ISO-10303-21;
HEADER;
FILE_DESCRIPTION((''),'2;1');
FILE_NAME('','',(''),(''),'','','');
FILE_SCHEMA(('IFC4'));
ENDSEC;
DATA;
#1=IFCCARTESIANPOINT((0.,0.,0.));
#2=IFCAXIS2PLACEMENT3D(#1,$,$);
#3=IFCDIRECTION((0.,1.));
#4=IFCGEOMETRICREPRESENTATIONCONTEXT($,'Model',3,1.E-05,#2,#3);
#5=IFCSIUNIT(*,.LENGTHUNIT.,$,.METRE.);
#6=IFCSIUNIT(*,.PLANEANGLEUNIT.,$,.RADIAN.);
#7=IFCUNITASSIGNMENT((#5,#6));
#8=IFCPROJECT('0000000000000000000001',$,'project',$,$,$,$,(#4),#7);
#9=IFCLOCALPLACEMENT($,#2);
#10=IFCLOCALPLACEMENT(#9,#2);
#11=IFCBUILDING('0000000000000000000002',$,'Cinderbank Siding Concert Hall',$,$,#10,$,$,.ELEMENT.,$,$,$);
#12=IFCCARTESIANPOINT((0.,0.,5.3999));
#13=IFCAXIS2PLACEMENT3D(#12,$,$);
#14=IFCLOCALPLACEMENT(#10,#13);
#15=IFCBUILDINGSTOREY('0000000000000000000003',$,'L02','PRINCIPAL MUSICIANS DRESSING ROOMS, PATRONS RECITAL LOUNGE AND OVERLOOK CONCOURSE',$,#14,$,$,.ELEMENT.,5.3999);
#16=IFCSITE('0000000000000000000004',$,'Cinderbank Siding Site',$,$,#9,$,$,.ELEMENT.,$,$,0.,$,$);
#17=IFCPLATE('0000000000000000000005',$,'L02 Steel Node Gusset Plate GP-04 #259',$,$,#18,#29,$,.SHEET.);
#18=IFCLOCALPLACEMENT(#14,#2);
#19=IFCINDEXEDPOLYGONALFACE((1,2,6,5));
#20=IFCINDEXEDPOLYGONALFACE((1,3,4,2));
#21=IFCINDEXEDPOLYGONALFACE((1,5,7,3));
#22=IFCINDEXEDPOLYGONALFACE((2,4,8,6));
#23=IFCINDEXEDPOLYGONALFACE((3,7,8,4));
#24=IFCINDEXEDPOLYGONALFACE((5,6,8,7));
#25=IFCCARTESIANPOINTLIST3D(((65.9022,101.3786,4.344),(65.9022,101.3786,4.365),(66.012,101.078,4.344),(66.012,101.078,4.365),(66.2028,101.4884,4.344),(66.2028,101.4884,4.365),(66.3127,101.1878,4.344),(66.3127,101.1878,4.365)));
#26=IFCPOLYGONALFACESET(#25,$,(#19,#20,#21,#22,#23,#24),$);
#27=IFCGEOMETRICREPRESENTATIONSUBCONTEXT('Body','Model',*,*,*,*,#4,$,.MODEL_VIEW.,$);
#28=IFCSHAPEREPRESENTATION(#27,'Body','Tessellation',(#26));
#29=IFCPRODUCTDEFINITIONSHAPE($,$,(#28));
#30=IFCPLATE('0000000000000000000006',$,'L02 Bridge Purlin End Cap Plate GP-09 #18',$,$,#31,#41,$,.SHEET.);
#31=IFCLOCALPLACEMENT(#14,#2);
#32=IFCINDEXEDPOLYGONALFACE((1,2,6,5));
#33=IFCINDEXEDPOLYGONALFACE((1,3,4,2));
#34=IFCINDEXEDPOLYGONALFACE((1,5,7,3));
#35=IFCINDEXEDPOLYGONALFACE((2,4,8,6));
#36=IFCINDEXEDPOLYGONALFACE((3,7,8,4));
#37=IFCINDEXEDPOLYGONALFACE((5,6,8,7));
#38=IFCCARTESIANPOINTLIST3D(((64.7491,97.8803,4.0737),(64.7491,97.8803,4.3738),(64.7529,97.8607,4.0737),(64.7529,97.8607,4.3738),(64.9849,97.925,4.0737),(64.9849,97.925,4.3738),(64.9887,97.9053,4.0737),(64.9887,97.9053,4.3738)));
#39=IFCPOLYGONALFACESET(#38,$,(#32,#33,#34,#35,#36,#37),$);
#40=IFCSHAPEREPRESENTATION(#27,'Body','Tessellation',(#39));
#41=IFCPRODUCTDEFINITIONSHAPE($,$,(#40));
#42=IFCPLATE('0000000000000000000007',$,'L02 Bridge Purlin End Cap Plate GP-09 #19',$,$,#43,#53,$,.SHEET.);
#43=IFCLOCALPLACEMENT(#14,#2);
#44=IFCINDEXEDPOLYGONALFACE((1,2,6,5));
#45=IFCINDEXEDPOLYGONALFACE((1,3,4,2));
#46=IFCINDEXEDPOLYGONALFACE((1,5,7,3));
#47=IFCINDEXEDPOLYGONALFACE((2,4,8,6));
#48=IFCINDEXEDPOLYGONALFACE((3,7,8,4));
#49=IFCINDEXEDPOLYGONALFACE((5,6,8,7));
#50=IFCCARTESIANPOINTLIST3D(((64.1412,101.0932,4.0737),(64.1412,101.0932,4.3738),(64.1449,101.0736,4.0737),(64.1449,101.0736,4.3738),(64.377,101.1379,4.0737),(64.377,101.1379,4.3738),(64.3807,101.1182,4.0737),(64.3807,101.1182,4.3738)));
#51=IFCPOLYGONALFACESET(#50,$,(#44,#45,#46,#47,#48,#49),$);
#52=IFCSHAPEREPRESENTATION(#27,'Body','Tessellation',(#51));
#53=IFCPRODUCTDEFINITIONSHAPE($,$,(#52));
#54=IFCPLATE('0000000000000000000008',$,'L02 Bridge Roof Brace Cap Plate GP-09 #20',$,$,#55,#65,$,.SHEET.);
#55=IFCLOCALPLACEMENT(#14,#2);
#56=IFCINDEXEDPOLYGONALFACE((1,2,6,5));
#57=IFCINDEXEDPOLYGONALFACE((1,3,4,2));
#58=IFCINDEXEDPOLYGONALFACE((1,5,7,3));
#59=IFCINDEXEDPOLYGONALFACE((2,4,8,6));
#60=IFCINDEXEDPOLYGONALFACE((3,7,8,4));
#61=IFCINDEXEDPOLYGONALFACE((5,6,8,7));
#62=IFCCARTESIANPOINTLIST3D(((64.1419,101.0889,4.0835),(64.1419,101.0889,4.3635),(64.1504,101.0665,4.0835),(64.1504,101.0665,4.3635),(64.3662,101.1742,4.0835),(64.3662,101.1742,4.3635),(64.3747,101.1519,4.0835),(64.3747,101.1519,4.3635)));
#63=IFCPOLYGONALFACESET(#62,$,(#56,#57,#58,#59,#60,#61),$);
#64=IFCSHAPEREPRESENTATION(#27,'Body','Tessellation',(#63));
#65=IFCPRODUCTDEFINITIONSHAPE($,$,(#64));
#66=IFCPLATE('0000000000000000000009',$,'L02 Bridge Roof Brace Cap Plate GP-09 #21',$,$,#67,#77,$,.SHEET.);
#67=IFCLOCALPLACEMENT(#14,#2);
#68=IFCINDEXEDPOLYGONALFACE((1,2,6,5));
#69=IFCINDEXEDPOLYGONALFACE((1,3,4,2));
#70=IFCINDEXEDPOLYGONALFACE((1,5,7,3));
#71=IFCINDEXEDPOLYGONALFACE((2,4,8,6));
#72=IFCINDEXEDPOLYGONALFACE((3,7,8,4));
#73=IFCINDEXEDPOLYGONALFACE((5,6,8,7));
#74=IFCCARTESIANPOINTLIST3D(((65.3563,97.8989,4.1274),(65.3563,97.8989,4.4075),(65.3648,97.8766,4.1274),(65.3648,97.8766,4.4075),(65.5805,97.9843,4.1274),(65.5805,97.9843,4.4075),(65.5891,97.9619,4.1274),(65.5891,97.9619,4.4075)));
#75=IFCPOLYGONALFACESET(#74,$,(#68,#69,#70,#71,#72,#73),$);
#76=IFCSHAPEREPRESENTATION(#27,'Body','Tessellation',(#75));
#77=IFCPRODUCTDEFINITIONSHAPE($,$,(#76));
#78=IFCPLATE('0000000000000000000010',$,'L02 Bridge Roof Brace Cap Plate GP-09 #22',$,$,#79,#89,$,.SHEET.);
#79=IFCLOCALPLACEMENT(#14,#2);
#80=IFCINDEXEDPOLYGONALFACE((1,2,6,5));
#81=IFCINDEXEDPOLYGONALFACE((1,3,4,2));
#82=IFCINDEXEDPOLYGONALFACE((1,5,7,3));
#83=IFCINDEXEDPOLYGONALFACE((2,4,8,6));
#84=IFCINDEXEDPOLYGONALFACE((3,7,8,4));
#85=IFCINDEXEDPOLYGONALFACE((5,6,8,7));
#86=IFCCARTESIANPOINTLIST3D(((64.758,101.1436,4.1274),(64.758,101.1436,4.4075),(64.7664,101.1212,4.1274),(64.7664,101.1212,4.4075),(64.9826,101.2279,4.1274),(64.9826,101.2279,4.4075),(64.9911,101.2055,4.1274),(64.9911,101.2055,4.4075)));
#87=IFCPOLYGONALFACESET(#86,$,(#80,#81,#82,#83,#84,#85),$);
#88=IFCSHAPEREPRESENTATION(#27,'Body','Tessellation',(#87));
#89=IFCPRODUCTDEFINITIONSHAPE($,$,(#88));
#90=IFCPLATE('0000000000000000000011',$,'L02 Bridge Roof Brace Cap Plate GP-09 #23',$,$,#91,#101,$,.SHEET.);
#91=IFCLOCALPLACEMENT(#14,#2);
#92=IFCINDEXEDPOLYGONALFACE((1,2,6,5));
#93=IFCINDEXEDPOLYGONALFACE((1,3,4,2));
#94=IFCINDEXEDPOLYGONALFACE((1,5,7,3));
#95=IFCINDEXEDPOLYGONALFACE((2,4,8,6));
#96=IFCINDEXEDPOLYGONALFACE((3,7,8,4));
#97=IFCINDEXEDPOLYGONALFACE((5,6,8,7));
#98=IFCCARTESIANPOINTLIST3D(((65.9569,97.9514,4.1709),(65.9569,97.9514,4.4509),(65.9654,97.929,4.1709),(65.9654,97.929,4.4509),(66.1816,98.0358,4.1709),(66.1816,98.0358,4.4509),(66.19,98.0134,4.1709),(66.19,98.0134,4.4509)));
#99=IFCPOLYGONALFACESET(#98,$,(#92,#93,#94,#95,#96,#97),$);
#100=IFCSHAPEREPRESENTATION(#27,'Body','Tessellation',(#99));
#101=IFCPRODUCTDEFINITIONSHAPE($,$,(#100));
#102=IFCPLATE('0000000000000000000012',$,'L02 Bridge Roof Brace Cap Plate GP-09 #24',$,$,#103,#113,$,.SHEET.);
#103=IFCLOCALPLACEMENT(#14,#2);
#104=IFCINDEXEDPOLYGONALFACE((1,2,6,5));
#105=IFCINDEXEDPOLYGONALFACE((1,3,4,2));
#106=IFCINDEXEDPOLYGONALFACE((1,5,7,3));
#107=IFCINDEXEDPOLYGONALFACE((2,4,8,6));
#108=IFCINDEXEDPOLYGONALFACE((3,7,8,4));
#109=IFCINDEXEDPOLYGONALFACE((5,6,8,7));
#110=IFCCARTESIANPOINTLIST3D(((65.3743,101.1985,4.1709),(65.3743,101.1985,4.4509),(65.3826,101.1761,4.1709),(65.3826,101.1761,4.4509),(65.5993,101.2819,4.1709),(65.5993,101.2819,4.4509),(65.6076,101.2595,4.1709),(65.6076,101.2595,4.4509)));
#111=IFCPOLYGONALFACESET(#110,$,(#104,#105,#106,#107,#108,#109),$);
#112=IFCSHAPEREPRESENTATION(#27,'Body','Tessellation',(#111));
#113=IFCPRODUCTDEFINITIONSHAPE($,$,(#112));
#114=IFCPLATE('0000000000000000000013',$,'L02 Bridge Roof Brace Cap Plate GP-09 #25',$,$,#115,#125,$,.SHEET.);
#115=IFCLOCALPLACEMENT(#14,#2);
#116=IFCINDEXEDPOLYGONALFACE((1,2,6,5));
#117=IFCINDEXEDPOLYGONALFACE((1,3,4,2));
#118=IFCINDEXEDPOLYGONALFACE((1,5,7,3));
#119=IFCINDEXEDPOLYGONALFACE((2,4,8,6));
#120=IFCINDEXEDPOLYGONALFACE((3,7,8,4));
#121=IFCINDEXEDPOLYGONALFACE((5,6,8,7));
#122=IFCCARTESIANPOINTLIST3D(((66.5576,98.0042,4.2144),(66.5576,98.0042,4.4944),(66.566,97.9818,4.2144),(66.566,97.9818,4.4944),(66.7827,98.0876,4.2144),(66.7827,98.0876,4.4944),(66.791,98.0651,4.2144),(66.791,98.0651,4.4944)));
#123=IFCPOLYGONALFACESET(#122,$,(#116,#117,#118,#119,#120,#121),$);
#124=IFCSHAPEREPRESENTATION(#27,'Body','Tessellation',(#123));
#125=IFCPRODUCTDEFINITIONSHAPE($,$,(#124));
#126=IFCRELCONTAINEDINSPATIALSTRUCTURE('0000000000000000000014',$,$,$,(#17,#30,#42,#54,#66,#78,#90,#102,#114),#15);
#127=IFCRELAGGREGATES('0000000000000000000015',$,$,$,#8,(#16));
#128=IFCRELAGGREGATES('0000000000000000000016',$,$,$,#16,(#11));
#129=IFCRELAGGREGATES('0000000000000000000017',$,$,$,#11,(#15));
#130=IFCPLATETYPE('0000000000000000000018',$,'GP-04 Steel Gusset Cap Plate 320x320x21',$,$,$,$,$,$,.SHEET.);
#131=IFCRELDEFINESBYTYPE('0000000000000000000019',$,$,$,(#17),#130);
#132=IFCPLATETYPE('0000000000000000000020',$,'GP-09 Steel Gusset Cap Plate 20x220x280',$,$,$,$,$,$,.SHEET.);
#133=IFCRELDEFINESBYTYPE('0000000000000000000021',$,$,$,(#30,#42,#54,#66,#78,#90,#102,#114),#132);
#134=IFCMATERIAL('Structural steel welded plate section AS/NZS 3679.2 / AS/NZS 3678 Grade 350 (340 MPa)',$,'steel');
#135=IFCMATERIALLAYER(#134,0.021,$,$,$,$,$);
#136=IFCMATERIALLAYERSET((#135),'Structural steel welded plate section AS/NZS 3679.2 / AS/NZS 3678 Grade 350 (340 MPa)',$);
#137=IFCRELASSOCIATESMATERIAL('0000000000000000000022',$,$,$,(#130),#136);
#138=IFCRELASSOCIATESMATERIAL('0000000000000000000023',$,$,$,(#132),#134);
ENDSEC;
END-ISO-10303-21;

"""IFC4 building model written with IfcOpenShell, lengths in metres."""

from ifc_helpers import new_model, si_unit, direction, frame, origin, origin_2d, place, context, subcontext, project, spatial, rectangle, extrude, material, layer, layer_set, type_object, element, save


model = new_model("IFC4")

# Units and contexts
model_context = context("Model", 3, precision=1e-05, world=origin(), true_north=direction((0.0, 1.0)))
body_context = subcontext(model_context, "Body", "Model", "MODEL_VIEW")
ifc_project = project(units=[si_unit("LENGTHUNIT", "METRE"), si_unit("PLANEANGLEUNIT", "RADIAN")], contexts=[model_context])

# Site, building, storey
site_placement = place(None, origin())
site = spatial("IfcSite", under=ifc_project, at=site_placement, Name="Cinderbank Siding Site", CompositionType="ELEMENT", RefElevation=0.0)
building_placement = place(site_placement, origin())
building = spatial("IfcBuilding", under=site, at=building_placement, Name="Cinderbank Siding Concert Hall", CompositionType="ELEMENT")
storey_placement = place(building_placement, frame((0.0, 0.0, 5.3999)))
storey = spatial("IfcBuildingStorey", under=building, at=storey_placement, Name="L02", Description="PRINCIPAL MUSICIANS DRESSING ROOMS, PATRONS RECITAL LOUNGE AND OVERLOOK CONCOURSE", CompositionType="ELEMENT", Elevation=5.3999)

# Plates
ifc_material_1 = material(Name="Structural steel welded plate section AS/NZS 3679.2 / AS/NZS 3678 Grade 350 (340 MPa)", Category="steel")
ifc_layer_1 = layer(ifc_material_1, 0.021)
ifc_layer_set_1 = layer_set([ifc_layer_1], Name="Structural steel welded plate section AS/NZS 3679.2 / AS/NZS 3678 Grade 350 (340 MPa)")
plate_type_1 = type_object("IfcPlateType", Name="GP-04 Steel Gusset Cap Plate 320x320x21", PredefinedType="SHEET", material=ifc_layer_set_1)
plate_1_placement = place(storey_placement, frame((66.1074, 101.2832, 4.344), z_axis=(0.0, 0.0, 1.0), x_axis=(0.343168, -0.939274, 0.0)))
element("IfcPlate", 1, at=plate_1_placement, inside=storey, type_object=plate_type_1, Name="L02 Steel Node Gusset Plate GP-04 #259", PredefinedType="SHEET", context=body_context, shape_type="SweptSolid", body=[
    extrude(rectangle(XDim=0.3201, YDim=0.3201, at=origin_2d()), origin(), (0.0, 0.0, 1.0), 0.021),
])
plate_type_2 = type_object("IfcPlateType", Name="GP-09 Steel Gusset Cap Plate 20x220x280", PredefinedType="SHEET", material=ifc_material_1)
for number, where, z_axis, x_axis, name in (
    (2, (64.8689, 97.8928, 4.0737), (0.0, 0.0, 1.0), (-0.18601, 0.982548, 0.0), "L02 Bridge Purlin End Cap Plate GP-09 #18"),
    (3, (64.261, 101.1057, 4.0737), (0.0, 0.0, 1.0), (-0.18601, 0.982548, 0.0), "L02 Bridge Purlin End Cap Plate GP-09 #19"),
):
    element("IfcPlate", number, at=place(storey_placement, frame(where, z_axis=z_axis, x_axis=x_axis)), inside=storey, type_object=plate_type_2, Name=name, PredefinedType="SHEET", context=body_context, shape_type="SweptSolid", body=[
        extrude(rectangle(XDim=0.02, YDim=0.24, at=origin_2d()), origin(), (0.0, 0.0, 1.0), 0.3),
    ])
for number, where, z_axis, x_axis, name in (
    (4, (64.2583, 101.1204, 4.0835), (0.0, 0.0, 1.0), (0.35576, -0.934578, 0.0), "L02 Bridge Roof Brace Cap Plate GP-09 #20"),
    (5, (65.4727, 97.9304, 4.1274), (0.0, 0.0, 1.0), (0.35576, -0.934578, 0.0), "L02 Bridge Roof Brace Cap Plate GP-09 #21"),
    (6, (64.8745, 101.1746, 4.1274), (0.0, 0.0, 1.0), (0.351515, -0.936182, 0.0), "L02 Bridge Roof Brace Cap Plate GP-09 #22"),
    (7, (66.0735, 97.9824, 4.1709), (0.0, 0.0, 1.0), (0.351515, -0.936182, 0.0), "L02 Bridge Roof Brace Cap Plate GP-09 #23"),
    (8, (65.491, 101.229, 4.1709), (0.0, 0.0, 1.0), (0.347427, -0.937707, 0.0), "L02 Bridge Roof Brace Cap Plate GP-09 #24"),
    (9, (66.6743, 98.0347, 4.2144), (0.0, 0.0, 1.0), (0.347427, -0.937707, 0.0), "L02 Bridge Roof Brace Cap Plate GP-09 #25"),
):
    element("IfcPlate", number, at=place(storey_placement, frame(where, z_axis=z_axis, x_axis=x_axis)), inside=storey, type_object=plate_type_2, Name=name, PredefinedType="SHEET", context=body_context, shape_type="SweptSolid", body=[
        extrude(rectangle(XDim=0.0239, YDim=0.24, at=origin_2d()), origin(), (0.0, 0.0, 1.0), 0.28),
    ])

save(model, "model.ifc")
